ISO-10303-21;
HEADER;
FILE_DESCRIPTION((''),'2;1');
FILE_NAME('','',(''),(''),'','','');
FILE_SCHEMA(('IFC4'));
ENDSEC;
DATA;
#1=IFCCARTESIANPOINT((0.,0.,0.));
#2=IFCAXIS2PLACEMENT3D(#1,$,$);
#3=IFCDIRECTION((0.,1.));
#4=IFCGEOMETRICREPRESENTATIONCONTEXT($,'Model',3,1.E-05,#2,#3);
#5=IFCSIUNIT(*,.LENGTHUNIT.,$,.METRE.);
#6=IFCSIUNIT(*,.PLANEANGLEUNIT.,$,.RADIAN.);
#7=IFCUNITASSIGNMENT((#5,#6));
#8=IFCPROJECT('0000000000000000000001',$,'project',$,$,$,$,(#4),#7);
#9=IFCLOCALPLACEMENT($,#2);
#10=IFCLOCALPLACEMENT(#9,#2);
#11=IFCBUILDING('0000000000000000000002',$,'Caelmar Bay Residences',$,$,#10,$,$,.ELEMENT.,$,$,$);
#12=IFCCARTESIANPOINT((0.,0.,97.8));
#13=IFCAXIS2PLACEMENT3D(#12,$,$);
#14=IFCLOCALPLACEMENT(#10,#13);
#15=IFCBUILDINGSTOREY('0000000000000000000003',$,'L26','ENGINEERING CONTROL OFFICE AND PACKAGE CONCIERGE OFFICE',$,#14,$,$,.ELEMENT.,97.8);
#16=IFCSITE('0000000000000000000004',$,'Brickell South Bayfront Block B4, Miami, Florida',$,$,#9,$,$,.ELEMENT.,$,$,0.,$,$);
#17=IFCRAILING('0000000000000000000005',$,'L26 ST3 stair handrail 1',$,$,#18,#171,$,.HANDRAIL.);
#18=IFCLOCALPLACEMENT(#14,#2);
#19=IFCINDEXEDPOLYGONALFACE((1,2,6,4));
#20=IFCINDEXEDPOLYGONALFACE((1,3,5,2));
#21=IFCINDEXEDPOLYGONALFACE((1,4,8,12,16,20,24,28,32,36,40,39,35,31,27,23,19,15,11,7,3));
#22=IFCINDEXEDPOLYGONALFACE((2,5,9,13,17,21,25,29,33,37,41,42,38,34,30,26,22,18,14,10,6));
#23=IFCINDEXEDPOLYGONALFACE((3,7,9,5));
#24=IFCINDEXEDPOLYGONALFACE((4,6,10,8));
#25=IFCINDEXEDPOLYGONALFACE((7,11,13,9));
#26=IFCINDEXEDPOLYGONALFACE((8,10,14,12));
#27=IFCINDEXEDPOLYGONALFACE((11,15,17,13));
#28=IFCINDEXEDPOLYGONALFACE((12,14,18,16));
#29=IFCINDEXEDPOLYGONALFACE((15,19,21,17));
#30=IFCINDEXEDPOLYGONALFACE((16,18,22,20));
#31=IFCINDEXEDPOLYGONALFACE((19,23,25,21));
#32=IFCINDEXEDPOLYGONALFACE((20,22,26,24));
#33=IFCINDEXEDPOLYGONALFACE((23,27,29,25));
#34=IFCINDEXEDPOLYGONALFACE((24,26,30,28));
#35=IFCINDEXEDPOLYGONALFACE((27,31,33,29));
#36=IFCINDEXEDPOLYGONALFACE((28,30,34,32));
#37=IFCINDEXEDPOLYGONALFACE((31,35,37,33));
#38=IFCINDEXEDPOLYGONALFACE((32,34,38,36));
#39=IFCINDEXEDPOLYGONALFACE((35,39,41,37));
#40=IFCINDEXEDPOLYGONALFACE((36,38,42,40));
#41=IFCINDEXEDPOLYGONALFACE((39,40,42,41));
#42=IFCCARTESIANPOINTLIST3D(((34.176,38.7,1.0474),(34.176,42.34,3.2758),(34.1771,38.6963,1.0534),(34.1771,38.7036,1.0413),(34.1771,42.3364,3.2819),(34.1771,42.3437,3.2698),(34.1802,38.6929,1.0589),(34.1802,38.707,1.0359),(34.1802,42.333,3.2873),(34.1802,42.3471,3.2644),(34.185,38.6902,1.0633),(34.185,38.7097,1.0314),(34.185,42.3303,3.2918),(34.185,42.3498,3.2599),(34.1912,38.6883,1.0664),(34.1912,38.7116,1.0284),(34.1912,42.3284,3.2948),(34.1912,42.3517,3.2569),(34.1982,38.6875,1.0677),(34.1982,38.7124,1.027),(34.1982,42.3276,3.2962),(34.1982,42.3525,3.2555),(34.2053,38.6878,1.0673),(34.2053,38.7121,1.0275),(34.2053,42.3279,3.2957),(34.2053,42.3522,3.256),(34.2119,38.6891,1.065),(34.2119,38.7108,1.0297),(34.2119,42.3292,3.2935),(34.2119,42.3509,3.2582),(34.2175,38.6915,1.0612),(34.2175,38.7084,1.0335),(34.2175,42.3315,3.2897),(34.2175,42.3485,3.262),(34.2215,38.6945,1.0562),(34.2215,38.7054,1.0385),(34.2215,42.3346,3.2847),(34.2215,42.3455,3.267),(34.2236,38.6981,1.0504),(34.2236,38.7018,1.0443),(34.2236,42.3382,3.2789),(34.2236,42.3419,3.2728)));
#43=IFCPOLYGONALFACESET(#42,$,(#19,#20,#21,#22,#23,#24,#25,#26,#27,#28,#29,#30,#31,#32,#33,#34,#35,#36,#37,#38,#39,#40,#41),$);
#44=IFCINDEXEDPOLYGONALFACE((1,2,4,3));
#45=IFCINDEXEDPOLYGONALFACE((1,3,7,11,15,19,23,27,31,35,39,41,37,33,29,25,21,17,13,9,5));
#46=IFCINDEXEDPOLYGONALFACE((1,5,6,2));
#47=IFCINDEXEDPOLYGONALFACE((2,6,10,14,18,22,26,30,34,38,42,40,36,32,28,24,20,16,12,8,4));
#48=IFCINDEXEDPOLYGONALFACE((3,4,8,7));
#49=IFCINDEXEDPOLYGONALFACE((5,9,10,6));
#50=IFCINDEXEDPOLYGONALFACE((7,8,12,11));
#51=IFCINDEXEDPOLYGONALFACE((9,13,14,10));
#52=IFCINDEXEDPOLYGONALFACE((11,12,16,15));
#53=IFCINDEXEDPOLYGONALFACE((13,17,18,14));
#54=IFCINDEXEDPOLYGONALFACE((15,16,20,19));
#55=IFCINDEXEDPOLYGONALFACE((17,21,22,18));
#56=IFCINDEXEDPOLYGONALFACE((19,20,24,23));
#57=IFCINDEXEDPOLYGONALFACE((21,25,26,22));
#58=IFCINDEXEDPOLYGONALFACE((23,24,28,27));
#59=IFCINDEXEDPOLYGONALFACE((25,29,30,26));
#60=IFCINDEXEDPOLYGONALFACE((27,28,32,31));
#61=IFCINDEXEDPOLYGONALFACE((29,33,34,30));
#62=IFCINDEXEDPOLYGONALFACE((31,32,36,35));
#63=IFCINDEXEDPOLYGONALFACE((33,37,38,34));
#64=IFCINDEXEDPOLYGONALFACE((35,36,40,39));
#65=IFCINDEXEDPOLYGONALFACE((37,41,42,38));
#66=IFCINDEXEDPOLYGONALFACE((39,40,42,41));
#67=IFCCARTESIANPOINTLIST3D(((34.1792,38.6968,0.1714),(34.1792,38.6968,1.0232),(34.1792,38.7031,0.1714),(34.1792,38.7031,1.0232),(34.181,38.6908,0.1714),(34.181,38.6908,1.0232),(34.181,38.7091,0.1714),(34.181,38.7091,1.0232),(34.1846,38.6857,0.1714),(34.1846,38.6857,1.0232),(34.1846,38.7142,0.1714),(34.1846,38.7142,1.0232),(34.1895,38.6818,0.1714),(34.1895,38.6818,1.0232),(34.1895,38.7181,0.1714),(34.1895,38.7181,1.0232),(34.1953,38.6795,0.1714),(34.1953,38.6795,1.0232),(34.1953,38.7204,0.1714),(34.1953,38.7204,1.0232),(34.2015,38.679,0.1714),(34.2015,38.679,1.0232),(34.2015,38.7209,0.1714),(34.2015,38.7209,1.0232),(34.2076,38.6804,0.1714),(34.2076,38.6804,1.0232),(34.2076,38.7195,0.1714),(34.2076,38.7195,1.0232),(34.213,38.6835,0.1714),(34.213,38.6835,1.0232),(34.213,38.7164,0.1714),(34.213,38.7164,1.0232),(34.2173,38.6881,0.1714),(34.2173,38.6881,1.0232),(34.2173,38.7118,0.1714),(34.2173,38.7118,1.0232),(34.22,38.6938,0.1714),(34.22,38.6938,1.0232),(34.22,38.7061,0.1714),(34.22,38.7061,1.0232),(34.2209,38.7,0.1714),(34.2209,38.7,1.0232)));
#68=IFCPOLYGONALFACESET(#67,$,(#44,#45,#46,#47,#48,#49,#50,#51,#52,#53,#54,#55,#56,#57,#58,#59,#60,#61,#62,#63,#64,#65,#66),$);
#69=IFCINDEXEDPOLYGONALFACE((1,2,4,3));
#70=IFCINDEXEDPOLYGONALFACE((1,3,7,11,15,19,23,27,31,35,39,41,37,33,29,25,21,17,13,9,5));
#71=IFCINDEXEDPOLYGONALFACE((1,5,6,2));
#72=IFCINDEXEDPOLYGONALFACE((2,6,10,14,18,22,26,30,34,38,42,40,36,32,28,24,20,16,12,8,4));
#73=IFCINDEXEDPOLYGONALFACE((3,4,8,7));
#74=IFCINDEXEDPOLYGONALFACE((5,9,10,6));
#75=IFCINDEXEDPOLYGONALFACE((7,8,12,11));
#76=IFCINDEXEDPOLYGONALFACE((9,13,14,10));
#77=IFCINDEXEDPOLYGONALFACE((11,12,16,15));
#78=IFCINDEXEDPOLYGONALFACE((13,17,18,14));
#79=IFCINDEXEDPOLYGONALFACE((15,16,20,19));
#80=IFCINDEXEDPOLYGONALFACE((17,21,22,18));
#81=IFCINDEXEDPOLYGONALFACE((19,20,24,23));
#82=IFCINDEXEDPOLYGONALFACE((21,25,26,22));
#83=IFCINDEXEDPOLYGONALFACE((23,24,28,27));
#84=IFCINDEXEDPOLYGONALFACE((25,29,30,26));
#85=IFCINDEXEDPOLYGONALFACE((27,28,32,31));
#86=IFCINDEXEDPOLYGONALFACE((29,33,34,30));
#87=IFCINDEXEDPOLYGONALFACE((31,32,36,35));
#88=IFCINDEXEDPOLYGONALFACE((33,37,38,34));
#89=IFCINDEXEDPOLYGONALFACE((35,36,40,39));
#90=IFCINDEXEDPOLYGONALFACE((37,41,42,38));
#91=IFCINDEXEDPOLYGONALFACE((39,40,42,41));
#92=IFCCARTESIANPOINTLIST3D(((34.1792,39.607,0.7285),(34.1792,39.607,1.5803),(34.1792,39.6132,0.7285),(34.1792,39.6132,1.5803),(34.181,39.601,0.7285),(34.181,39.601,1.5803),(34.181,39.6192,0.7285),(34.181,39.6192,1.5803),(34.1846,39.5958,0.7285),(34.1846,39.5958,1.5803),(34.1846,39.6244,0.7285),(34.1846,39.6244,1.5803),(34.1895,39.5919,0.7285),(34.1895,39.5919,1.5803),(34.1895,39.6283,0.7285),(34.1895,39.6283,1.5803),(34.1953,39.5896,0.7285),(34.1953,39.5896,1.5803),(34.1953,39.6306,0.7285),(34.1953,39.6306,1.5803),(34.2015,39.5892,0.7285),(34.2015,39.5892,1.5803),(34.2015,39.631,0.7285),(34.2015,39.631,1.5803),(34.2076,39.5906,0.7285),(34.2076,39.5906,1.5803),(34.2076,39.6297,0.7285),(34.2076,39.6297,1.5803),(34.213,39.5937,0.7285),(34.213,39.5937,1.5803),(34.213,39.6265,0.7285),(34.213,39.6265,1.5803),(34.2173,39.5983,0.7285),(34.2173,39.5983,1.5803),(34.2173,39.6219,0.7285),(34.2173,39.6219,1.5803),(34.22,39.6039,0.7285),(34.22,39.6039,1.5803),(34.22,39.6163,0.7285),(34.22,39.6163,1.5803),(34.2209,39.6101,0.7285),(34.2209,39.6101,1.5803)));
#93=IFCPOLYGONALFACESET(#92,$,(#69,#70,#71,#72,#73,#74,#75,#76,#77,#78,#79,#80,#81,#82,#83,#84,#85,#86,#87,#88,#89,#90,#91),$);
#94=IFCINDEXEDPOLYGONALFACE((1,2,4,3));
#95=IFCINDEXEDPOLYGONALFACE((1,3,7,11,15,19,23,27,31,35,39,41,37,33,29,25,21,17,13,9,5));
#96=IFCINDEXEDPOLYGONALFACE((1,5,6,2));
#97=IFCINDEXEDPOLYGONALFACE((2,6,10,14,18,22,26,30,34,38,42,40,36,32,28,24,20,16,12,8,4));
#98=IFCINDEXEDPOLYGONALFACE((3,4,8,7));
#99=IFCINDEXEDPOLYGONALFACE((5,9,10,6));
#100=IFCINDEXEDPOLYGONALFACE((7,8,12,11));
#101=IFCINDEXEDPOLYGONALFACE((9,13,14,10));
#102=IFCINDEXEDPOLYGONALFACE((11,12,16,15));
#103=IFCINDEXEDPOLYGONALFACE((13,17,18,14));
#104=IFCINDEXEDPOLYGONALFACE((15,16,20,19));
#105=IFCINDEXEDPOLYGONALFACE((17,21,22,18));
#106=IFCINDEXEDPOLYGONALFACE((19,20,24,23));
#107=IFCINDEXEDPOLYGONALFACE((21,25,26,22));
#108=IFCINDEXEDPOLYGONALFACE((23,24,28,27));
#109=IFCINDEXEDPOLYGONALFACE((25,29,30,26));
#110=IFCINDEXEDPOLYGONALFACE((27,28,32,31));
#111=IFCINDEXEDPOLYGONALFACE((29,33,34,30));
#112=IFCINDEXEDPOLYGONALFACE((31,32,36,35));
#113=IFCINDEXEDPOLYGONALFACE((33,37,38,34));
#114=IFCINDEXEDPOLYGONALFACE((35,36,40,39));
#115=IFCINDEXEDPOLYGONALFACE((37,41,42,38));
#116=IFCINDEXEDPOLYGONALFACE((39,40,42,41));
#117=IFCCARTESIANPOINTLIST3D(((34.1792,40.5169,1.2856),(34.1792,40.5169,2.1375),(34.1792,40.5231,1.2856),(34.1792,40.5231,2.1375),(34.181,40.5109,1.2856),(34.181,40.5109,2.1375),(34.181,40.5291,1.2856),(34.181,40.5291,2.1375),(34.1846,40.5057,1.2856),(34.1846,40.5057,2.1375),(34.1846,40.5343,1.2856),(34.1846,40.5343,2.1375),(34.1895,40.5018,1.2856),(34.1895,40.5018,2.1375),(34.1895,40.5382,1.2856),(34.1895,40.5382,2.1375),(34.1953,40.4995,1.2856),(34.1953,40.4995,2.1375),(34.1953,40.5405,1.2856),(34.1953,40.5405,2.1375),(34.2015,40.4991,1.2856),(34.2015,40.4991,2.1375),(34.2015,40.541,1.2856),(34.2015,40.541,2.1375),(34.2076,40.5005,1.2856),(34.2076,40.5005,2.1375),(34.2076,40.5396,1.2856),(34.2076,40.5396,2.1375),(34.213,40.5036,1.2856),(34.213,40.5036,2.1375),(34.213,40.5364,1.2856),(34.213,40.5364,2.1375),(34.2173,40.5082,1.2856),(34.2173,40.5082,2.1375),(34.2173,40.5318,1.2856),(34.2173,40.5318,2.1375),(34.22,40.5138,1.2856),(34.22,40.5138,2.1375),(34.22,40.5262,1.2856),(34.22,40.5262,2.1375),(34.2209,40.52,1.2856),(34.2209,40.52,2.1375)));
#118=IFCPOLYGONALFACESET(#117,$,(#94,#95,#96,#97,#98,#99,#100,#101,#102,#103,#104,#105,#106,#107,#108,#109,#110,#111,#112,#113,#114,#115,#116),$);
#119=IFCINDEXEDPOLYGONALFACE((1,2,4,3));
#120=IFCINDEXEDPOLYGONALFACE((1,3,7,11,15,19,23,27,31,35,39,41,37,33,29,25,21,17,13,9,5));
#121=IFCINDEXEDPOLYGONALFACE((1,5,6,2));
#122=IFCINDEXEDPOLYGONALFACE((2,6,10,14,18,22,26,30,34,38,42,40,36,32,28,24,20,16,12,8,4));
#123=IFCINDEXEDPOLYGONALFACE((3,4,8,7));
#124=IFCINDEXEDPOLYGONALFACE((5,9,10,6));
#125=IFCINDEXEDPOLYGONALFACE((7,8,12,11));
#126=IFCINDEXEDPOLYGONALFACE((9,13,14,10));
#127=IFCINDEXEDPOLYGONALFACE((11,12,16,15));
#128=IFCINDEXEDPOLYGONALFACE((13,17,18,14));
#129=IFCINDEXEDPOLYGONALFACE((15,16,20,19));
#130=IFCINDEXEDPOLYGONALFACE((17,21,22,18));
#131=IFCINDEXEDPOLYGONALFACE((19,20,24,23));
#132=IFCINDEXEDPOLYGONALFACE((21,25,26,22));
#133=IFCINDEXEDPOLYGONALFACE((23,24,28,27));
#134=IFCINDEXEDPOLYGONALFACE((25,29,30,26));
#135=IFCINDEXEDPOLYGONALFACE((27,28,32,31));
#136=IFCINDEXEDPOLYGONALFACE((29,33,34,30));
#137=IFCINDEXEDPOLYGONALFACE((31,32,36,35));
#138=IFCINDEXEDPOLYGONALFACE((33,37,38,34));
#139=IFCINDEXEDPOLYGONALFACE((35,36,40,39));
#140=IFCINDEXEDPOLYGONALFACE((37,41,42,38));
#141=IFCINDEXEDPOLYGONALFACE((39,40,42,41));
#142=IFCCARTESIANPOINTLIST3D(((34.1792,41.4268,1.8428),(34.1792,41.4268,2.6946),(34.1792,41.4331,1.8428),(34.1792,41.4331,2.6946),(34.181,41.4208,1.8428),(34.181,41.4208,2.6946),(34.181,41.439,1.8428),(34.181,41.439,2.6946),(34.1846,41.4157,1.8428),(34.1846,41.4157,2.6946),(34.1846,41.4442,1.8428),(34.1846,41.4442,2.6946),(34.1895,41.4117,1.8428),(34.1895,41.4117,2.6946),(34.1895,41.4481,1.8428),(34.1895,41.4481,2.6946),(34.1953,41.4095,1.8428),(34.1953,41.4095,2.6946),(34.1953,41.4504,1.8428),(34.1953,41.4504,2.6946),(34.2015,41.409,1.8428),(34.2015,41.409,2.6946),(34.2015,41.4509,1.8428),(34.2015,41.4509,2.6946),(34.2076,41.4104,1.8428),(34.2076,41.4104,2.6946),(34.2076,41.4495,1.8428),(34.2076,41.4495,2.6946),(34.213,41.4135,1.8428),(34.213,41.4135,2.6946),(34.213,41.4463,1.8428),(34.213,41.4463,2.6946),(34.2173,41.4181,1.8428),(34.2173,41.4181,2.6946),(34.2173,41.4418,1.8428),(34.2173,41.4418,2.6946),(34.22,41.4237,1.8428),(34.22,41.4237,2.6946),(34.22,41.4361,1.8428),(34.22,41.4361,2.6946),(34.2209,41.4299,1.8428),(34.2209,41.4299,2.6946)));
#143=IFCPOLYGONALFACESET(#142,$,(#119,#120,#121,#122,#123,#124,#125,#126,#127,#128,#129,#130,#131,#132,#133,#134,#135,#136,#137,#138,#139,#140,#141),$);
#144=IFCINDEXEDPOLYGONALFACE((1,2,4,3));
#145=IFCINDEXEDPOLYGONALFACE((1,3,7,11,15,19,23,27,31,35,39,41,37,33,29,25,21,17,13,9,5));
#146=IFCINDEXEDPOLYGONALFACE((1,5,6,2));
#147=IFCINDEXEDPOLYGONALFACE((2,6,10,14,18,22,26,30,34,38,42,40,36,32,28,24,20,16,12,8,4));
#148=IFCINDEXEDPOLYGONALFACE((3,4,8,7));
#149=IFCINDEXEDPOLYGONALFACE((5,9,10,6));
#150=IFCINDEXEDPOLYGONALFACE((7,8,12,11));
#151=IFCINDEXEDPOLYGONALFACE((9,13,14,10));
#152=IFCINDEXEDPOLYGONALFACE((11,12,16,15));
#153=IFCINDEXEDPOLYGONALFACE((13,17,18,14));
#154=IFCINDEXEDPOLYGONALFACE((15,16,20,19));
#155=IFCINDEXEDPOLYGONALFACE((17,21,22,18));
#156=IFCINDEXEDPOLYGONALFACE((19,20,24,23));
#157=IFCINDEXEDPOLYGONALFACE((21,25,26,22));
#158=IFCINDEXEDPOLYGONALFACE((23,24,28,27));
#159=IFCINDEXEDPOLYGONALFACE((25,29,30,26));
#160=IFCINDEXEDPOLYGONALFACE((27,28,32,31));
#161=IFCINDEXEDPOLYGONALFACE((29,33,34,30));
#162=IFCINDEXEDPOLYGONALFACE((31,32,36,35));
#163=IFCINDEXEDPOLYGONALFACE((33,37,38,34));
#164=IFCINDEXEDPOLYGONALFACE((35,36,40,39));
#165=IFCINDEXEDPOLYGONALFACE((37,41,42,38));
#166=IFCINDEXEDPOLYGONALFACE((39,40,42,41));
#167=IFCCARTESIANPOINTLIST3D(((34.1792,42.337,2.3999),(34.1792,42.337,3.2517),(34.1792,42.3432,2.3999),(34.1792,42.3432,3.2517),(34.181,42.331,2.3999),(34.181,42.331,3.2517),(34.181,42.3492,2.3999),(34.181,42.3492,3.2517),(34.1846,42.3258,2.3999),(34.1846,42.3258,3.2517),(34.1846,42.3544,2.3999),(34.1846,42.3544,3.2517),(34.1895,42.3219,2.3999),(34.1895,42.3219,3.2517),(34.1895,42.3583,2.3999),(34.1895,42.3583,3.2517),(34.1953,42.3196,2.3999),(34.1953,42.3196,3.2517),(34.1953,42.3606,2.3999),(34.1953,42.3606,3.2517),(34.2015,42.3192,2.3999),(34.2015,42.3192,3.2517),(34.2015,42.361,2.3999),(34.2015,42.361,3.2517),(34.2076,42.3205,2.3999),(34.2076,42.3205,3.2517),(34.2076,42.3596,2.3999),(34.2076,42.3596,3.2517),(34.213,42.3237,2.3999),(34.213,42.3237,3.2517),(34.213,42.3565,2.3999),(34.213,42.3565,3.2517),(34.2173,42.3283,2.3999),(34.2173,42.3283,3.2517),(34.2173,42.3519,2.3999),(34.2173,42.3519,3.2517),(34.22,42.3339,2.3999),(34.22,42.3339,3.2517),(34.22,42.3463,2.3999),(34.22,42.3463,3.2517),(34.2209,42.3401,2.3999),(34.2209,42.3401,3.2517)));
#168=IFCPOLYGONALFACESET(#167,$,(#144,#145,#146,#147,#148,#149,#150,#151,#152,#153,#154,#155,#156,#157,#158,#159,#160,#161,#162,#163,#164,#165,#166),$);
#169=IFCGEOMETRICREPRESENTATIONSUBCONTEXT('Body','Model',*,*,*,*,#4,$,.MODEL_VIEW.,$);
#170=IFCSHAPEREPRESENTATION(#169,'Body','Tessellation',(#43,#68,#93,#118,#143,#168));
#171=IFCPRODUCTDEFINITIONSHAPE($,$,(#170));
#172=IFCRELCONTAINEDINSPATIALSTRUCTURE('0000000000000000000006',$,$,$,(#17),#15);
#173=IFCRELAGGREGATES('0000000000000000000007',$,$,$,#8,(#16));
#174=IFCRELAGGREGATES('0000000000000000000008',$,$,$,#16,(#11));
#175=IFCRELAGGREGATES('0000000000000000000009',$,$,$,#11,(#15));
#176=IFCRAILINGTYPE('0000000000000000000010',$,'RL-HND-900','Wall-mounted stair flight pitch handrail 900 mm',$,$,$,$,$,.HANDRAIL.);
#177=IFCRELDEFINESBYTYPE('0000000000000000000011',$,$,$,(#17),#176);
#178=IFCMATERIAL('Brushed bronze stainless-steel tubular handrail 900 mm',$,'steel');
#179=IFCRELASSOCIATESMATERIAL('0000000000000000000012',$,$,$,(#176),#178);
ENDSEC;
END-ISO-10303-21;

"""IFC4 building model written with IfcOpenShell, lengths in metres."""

from ifc_helpers import new_model, si_unit, direction, frame, origin, origin_2d, place, context, subcontext, project, spatial, circle, extrude, material, type_object, element, save


model = new_model("IFC4")

# Units and contexts
model_context = context("Model", 3, precision=1e-05, world=origin(), true_north=direction((0.0, 1.0)))
body_context = subcontext(model_context, "Body", "Model", "MODEL_VIEW")
ifc_project = project(units=[si_unit("LENGTHUNIT", "METRE"), si_unit("PLANEANGLEUNIT", "RADIAN")], contexts=[model_context])

# Site, building, storey
site_placement = place(None, origin())
site = spatial("IfcSite", under=ifc_project, at=site_placement, Name="Brickell South Bayfront Block B4, Miami, Florida", CompositionType="ELEMENT", RefElevation=0.0)
building_placement = place(site_placement, origin())
building = spatial("IfcBuilding", under=site, at=building_placement, Name="Caelmar Bay Residences", CompositionType="ELEMENT")
storey_placement = place(building_placement, frame((0.0, 0.0, 97.8)))
storey = spatial("IfcBuildingStorey", under=building, at=storey_placement, Name="L26", Description="ENGINEERING CONTROL OFFICE AND PACKAGE CONCIERGE OFFICE", CompositionType="ELEMENT", Elevation=97.8)

# Railing
ifc_material_1 = material(Name="Brushed bronze stainless-steel tubular handrail 900 mm", Category="steel")
railing_type_1 = type_object("IfcRailingType", Name="RL-HND-900", Description="Wall-mounted stair flight pitch handrail 900 mm", PredefinedType="HANDRAIL", material=ifc_material_1)
railing_1_placement = place(storey_placement, frame((34.2, 38.7, 0.1714)))
element("IfcRailing", 1, at=railing_1_placement, inside=storey, type_object=railing_type_1, Name="L26 ST3 stair handrail 1", PredefinedType="HANDRAIL", context=body_context, shape_type="SweptSolid", body=[
    extrude(circle(Radius=0.0239, at=origin_2d()), frame((0.0, 0.0, 0.876), z_axis=(0.0, 0.852866, 0.52213), x_axis=(-1.0, 0.0, 0.0)), (0.0, 0.0, 1.0), 4.2681),
    extrude(circle(Radius=0.021, at=origin_2d()), origin(), (0.0, 0.0, 1.0), 0.8518),
    extrude(circle(Radius=0.021, at=origin_2d()), frame((0.0, 0.9102, 0.5571)), (0.0, 0.0, 1.0), 0.8518),
    extrude(circle(Radius=0.021, at=origin_2d()), frame((0.0, 1.8201, 1.1143)), (0.0, 0.0, 1.0), 0.8518),
    extrude(circle(Radius=0.021, at=origin_2d()), frame((0.0, 2.73, 1.6714)), (0.0, 0.0, 1.0), 0.8518),
    extrude(circle(Radius=0.021, at=origin_2d()), frame((0.0, 3.6401, 2.2285)), (0.0, 0.0, 1.0), 0.8518),
])

save(model, "model.ifc")
